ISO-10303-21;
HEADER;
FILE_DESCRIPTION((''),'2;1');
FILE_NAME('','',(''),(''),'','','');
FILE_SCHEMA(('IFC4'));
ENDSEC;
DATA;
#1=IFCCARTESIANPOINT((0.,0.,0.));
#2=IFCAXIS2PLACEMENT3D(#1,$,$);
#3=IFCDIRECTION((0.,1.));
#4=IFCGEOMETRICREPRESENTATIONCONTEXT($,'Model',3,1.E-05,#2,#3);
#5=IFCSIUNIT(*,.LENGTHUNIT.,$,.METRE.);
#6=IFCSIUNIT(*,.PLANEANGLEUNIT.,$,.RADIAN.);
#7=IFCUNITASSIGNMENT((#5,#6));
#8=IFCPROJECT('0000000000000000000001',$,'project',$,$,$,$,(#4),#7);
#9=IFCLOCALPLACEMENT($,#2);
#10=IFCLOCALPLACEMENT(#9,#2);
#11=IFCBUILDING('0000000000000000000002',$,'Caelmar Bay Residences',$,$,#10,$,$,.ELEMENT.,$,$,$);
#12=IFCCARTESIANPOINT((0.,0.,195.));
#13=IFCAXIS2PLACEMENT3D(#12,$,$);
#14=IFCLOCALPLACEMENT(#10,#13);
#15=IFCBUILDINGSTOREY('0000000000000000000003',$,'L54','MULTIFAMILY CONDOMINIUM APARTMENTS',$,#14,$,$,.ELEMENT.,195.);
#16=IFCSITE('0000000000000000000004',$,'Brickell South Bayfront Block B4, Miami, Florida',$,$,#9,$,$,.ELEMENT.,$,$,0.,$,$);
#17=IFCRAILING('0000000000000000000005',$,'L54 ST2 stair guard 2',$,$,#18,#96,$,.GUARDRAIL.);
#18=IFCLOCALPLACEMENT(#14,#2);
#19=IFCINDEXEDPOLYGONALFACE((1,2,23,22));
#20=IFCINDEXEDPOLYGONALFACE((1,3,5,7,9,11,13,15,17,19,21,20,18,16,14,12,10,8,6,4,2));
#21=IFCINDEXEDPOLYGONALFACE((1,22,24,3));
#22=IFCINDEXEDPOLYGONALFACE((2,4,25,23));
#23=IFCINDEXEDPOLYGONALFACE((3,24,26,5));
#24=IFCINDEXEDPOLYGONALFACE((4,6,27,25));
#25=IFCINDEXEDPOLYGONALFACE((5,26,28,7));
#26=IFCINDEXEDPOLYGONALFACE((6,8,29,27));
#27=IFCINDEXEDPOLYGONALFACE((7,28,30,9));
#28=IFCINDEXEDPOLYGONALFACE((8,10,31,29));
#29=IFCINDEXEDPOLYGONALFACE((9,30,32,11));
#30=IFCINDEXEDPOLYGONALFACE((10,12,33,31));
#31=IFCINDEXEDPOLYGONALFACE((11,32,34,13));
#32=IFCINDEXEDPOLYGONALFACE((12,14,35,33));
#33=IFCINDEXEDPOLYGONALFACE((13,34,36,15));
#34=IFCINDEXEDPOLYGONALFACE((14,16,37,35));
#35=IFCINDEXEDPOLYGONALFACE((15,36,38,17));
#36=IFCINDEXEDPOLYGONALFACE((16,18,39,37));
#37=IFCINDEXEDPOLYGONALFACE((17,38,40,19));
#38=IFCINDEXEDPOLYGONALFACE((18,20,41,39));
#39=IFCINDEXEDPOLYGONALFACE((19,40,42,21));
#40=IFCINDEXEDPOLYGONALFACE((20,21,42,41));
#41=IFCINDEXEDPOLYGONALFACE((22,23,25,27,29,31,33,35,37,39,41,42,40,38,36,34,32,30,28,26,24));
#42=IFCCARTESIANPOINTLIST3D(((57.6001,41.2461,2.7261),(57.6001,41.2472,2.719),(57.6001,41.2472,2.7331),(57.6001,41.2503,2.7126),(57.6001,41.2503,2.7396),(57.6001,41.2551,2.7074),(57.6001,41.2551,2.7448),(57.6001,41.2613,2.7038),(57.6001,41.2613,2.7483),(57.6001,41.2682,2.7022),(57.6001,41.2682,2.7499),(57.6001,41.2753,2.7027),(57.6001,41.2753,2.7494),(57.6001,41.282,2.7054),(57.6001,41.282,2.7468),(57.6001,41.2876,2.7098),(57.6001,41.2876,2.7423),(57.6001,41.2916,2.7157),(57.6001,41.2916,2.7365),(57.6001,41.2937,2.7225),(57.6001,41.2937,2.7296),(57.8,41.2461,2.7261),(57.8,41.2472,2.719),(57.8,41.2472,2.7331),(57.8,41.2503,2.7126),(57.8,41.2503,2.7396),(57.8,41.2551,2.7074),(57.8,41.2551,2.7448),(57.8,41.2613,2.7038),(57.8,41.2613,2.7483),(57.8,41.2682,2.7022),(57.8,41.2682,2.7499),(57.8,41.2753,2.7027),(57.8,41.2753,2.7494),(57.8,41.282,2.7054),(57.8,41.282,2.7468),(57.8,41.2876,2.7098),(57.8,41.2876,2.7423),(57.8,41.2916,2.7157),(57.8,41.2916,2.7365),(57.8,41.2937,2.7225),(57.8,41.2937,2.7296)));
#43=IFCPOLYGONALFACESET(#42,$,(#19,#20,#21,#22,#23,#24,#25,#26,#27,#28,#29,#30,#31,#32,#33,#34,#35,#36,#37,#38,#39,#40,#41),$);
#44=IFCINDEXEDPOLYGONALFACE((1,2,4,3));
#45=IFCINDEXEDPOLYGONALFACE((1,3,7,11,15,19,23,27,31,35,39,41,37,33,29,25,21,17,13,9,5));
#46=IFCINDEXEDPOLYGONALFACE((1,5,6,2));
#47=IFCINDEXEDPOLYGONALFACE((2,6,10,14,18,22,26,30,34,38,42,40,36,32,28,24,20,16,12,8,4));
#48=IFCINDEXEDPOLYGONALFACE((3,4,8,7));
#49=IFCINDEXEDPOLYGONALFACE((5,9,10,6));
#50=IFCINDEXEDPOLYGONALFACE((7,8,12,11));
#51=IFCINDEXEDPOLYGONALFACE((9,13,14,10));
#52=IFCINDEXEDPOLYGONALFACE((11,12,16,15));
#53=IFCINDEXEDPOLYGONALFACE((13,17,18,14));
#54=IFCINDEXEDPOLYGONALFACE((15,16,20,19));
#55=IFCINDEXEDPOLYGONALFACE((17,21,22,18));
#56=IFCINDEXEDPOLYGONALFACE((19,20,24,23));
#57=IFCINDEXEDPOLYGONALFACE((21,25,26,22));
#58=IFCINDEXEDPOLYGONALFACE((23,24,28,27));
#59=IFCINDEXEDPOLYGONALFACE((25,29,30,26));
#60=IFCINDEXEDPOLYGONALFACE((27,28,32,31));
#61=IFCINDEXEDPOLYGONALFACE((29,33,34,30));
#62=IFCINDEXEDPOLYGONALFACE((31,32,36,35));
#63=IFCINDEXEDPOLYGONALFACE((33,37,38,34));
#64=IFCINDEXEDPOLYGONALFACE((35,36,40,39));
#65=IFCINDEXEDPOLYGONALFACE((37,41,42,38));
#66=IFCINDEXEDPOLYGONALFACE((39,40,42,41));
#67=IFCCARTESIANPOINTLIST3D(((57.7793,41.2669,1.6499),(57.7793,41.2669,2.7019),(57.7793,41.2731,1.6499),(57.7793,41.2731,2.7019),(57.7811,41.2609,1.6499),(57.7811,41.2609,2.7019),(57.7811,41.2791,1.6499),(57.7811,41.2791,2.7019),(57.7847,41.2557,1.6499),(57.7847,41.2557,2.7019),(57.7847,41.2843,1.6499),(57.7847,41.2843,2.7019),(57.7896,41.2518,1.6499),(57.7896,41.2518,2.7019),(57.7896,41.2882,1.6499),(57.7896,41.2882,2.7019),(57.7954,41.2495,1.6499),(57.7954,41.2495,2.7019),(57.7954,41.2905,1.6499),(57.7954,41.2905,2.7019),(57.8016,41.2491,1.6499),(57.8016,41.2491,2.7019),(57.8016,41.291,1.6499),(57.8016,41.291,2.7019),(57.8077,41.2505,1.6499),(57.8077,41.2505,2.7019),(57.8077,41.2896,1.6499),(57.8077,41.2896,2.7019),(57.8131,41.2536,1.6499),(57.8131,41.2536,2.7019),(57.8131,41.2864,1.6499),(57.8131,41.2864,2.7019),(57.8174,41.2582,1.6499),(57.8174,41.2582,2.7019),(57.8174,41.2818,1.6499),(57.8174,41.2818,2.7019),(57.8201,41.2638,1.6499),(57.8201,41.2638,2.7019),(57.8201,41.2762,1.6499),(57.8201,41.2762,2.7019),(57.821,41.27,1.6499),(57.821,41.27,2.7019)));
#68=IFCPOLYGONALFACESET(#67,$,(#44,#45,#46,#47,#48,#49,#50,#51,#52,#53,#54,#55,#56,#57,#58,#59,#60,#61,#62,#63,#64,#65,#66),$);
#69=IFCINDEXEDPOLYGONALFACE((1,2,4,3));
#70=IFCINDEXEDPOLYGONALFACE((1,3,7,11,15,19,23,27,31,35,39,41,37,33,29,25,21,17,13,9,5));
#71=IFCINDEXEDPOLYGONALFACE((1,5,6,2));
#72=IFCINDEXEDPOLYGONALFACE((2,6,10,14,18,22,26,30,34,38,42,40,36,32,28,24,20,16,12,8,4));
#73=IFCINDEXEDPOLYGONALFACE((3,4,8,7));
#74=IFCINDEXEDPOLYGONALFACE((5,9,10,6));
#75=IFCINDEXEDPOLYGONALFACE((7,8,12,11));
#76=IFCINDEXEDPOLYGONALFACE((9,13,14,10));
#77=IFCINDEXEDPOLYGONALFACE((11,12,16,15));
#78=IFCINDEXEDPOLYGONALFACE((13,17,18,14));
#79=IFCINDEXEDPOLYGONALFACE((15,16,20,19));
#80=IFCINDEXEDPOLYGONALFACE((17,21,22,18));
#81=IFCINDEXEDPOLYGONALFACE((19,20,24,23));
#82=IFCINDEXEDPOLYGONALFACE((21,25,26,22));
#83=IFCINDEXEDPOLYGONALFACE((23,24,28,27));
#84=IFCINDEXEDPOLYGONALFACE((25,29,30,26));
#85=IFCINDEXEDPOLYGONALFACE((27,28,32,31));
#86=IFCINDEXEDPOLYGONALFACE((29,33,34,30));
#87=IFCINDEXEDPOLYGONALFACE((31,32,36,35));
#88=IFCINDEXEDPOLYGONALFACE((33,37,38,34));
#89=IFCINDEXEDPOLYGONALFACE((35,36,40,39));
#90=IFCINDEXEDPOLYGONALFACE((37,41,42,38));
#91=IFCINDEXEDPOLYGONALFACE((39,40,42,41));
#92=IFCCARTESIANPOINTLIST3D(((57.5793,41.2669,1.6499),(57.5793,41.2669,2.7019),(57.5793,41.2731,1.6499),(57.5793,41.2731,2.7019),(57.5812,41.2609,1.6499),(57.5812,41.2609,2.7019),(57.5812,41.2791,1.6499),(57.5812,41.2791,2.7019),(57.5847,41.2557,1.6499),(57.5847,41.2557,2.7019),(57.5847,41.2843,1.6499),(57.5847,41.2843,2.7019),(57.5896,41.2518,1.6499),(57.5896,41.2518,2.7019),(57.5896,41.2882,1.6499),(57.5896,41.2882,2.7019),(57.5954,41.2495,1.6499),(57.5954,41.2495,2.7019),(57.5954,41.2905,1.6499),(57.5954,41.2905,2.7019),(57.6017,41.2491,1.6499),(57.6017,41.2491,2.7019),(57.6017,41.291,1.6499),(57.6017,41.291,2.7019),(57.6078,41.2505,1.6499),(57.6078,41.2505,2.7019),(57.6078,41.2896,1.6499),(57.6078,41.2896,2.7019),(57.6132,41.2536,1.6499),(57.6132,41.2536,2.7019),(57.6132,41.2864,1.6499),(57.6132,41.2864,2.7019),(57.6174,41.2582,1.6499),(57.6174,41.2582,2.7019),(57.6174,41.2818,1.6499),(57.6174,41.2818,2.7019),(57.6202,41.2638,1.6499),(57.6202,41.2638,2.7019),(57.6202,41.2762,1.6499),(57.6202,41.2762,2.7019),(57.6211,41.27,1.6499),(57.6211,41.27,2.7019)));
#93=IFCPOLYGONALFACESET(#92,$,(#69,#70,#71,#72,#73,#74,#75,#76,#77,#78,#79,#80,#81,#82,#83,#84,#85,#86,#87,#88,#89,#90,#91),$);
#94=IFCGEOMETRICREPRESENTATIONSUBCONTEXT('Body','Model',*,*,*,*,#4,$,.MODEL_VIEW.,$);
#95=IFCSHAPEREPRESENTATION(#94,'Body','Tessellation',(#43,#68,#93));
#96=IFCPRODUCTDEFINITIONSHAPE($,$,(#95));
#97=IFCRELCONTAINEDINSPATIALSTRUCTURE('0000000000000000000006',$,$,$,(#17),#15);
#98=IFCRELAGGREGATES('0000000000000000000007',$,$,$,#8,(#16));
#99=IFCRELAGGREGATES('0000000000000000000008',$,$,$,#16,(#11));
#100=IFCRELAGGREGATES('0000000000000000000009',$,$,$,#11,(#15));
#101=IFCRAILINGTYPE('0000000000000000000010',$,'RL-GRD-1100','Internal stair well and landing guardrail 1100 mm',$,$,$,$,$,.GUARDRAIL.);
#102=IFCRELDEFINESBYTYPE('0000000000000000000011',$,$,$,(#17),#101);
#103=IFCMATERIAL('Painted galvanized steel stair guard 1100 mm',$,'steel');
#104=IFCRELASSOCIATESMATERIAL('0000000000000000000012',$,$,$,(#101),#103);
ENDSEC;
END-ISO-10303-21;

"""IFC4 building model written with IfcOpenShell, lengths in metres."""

from ifc_helpers import new_model, si_unit, direction, frame, origin, origin_2d, place, context, subcontext, project, spatial, circle, extrude, material, type_object, element, save


model = new_model("IFC4")

# Units and contexts
model_context = context("Model", 3, precision=1e-05, world=origin(), true_north=direction((0.0, 1.0)))
body_context = subcontext(model_context, "Body", "Model", "MODEL_VIEW")
ifc_project = project(units=[si_unit("LENGTHUNIT", "METRE"), si_unit("PLANEANGLEUNIT", "RADIAN")], contexts=[model_context])

# Site, building, storey
site_placement = place(None, origin())
site = spatial("IfcSite", under=ifc_project, at=site_placement, Name="Brickell South Bayfront Block B4, Miami, Florida", CompositionType="ELEMENT", RefElevation=0.0)
building_placement = place(site_placement, origin())
building = spatial("IfcBuilding", under=site, at=building_placement, Name="Caelmar Bay Residences", CompositionType="ELEMENT")
storey_placement = place(building_placement, frame((0.0, 0.0, 195.0)))
storey = spatial("IfcBuildingStorey", under=building, at=storey_placement, Name="L54", Description="MULTIFAMILY CONDOMINIUM APARTMENTS", CompositionType="ELEMENT", Elevation=195.0)

# Railing
ifc_material_1 = material(Name="Painted galvanized steel stair guard 1100 mm", Category="steel")
railing_type_1 = type_object("IfcRailingType", Name="RL-GRD-1100", Description="Internal stair well and landing guardrail 1100 mm", PredefinedType="GUARDRAIL", material=ifc_material_1)
railing_1_placement = place(storey_placement, frame((57.8, 41.27, 1.6499)))
element("IfcRailing", 1, at=railing_1_placement, inside=storey, type_object=railing_type_1, Name="L54 ST2 stair guard 2", PredefinedType="GUARDRAIL", context=body_context, shape_type="SweptSolid", body=[
    extrude(circle(Radius=0.0239, at=origin_2d()), frame((0.0, 0.0, 1.0762), z_axis=(-1.0, 0.0, 0.0), x_axis=(0.0, -1.0, 0.0)), (0.0, 0.0, 1.0), 0.2),
    extrude(circle(Radius=0.021, at=origin_2d()), origin(), (0.0, 0.0, 1.0), 1.052),
    extrude(circle(Radius=0.021, at=origin_2d()), frame((-0.2, 0.0, 0.0)), (0.0, 0.0, 1.0), 1.052),
])

save(model, "model.ifc")
